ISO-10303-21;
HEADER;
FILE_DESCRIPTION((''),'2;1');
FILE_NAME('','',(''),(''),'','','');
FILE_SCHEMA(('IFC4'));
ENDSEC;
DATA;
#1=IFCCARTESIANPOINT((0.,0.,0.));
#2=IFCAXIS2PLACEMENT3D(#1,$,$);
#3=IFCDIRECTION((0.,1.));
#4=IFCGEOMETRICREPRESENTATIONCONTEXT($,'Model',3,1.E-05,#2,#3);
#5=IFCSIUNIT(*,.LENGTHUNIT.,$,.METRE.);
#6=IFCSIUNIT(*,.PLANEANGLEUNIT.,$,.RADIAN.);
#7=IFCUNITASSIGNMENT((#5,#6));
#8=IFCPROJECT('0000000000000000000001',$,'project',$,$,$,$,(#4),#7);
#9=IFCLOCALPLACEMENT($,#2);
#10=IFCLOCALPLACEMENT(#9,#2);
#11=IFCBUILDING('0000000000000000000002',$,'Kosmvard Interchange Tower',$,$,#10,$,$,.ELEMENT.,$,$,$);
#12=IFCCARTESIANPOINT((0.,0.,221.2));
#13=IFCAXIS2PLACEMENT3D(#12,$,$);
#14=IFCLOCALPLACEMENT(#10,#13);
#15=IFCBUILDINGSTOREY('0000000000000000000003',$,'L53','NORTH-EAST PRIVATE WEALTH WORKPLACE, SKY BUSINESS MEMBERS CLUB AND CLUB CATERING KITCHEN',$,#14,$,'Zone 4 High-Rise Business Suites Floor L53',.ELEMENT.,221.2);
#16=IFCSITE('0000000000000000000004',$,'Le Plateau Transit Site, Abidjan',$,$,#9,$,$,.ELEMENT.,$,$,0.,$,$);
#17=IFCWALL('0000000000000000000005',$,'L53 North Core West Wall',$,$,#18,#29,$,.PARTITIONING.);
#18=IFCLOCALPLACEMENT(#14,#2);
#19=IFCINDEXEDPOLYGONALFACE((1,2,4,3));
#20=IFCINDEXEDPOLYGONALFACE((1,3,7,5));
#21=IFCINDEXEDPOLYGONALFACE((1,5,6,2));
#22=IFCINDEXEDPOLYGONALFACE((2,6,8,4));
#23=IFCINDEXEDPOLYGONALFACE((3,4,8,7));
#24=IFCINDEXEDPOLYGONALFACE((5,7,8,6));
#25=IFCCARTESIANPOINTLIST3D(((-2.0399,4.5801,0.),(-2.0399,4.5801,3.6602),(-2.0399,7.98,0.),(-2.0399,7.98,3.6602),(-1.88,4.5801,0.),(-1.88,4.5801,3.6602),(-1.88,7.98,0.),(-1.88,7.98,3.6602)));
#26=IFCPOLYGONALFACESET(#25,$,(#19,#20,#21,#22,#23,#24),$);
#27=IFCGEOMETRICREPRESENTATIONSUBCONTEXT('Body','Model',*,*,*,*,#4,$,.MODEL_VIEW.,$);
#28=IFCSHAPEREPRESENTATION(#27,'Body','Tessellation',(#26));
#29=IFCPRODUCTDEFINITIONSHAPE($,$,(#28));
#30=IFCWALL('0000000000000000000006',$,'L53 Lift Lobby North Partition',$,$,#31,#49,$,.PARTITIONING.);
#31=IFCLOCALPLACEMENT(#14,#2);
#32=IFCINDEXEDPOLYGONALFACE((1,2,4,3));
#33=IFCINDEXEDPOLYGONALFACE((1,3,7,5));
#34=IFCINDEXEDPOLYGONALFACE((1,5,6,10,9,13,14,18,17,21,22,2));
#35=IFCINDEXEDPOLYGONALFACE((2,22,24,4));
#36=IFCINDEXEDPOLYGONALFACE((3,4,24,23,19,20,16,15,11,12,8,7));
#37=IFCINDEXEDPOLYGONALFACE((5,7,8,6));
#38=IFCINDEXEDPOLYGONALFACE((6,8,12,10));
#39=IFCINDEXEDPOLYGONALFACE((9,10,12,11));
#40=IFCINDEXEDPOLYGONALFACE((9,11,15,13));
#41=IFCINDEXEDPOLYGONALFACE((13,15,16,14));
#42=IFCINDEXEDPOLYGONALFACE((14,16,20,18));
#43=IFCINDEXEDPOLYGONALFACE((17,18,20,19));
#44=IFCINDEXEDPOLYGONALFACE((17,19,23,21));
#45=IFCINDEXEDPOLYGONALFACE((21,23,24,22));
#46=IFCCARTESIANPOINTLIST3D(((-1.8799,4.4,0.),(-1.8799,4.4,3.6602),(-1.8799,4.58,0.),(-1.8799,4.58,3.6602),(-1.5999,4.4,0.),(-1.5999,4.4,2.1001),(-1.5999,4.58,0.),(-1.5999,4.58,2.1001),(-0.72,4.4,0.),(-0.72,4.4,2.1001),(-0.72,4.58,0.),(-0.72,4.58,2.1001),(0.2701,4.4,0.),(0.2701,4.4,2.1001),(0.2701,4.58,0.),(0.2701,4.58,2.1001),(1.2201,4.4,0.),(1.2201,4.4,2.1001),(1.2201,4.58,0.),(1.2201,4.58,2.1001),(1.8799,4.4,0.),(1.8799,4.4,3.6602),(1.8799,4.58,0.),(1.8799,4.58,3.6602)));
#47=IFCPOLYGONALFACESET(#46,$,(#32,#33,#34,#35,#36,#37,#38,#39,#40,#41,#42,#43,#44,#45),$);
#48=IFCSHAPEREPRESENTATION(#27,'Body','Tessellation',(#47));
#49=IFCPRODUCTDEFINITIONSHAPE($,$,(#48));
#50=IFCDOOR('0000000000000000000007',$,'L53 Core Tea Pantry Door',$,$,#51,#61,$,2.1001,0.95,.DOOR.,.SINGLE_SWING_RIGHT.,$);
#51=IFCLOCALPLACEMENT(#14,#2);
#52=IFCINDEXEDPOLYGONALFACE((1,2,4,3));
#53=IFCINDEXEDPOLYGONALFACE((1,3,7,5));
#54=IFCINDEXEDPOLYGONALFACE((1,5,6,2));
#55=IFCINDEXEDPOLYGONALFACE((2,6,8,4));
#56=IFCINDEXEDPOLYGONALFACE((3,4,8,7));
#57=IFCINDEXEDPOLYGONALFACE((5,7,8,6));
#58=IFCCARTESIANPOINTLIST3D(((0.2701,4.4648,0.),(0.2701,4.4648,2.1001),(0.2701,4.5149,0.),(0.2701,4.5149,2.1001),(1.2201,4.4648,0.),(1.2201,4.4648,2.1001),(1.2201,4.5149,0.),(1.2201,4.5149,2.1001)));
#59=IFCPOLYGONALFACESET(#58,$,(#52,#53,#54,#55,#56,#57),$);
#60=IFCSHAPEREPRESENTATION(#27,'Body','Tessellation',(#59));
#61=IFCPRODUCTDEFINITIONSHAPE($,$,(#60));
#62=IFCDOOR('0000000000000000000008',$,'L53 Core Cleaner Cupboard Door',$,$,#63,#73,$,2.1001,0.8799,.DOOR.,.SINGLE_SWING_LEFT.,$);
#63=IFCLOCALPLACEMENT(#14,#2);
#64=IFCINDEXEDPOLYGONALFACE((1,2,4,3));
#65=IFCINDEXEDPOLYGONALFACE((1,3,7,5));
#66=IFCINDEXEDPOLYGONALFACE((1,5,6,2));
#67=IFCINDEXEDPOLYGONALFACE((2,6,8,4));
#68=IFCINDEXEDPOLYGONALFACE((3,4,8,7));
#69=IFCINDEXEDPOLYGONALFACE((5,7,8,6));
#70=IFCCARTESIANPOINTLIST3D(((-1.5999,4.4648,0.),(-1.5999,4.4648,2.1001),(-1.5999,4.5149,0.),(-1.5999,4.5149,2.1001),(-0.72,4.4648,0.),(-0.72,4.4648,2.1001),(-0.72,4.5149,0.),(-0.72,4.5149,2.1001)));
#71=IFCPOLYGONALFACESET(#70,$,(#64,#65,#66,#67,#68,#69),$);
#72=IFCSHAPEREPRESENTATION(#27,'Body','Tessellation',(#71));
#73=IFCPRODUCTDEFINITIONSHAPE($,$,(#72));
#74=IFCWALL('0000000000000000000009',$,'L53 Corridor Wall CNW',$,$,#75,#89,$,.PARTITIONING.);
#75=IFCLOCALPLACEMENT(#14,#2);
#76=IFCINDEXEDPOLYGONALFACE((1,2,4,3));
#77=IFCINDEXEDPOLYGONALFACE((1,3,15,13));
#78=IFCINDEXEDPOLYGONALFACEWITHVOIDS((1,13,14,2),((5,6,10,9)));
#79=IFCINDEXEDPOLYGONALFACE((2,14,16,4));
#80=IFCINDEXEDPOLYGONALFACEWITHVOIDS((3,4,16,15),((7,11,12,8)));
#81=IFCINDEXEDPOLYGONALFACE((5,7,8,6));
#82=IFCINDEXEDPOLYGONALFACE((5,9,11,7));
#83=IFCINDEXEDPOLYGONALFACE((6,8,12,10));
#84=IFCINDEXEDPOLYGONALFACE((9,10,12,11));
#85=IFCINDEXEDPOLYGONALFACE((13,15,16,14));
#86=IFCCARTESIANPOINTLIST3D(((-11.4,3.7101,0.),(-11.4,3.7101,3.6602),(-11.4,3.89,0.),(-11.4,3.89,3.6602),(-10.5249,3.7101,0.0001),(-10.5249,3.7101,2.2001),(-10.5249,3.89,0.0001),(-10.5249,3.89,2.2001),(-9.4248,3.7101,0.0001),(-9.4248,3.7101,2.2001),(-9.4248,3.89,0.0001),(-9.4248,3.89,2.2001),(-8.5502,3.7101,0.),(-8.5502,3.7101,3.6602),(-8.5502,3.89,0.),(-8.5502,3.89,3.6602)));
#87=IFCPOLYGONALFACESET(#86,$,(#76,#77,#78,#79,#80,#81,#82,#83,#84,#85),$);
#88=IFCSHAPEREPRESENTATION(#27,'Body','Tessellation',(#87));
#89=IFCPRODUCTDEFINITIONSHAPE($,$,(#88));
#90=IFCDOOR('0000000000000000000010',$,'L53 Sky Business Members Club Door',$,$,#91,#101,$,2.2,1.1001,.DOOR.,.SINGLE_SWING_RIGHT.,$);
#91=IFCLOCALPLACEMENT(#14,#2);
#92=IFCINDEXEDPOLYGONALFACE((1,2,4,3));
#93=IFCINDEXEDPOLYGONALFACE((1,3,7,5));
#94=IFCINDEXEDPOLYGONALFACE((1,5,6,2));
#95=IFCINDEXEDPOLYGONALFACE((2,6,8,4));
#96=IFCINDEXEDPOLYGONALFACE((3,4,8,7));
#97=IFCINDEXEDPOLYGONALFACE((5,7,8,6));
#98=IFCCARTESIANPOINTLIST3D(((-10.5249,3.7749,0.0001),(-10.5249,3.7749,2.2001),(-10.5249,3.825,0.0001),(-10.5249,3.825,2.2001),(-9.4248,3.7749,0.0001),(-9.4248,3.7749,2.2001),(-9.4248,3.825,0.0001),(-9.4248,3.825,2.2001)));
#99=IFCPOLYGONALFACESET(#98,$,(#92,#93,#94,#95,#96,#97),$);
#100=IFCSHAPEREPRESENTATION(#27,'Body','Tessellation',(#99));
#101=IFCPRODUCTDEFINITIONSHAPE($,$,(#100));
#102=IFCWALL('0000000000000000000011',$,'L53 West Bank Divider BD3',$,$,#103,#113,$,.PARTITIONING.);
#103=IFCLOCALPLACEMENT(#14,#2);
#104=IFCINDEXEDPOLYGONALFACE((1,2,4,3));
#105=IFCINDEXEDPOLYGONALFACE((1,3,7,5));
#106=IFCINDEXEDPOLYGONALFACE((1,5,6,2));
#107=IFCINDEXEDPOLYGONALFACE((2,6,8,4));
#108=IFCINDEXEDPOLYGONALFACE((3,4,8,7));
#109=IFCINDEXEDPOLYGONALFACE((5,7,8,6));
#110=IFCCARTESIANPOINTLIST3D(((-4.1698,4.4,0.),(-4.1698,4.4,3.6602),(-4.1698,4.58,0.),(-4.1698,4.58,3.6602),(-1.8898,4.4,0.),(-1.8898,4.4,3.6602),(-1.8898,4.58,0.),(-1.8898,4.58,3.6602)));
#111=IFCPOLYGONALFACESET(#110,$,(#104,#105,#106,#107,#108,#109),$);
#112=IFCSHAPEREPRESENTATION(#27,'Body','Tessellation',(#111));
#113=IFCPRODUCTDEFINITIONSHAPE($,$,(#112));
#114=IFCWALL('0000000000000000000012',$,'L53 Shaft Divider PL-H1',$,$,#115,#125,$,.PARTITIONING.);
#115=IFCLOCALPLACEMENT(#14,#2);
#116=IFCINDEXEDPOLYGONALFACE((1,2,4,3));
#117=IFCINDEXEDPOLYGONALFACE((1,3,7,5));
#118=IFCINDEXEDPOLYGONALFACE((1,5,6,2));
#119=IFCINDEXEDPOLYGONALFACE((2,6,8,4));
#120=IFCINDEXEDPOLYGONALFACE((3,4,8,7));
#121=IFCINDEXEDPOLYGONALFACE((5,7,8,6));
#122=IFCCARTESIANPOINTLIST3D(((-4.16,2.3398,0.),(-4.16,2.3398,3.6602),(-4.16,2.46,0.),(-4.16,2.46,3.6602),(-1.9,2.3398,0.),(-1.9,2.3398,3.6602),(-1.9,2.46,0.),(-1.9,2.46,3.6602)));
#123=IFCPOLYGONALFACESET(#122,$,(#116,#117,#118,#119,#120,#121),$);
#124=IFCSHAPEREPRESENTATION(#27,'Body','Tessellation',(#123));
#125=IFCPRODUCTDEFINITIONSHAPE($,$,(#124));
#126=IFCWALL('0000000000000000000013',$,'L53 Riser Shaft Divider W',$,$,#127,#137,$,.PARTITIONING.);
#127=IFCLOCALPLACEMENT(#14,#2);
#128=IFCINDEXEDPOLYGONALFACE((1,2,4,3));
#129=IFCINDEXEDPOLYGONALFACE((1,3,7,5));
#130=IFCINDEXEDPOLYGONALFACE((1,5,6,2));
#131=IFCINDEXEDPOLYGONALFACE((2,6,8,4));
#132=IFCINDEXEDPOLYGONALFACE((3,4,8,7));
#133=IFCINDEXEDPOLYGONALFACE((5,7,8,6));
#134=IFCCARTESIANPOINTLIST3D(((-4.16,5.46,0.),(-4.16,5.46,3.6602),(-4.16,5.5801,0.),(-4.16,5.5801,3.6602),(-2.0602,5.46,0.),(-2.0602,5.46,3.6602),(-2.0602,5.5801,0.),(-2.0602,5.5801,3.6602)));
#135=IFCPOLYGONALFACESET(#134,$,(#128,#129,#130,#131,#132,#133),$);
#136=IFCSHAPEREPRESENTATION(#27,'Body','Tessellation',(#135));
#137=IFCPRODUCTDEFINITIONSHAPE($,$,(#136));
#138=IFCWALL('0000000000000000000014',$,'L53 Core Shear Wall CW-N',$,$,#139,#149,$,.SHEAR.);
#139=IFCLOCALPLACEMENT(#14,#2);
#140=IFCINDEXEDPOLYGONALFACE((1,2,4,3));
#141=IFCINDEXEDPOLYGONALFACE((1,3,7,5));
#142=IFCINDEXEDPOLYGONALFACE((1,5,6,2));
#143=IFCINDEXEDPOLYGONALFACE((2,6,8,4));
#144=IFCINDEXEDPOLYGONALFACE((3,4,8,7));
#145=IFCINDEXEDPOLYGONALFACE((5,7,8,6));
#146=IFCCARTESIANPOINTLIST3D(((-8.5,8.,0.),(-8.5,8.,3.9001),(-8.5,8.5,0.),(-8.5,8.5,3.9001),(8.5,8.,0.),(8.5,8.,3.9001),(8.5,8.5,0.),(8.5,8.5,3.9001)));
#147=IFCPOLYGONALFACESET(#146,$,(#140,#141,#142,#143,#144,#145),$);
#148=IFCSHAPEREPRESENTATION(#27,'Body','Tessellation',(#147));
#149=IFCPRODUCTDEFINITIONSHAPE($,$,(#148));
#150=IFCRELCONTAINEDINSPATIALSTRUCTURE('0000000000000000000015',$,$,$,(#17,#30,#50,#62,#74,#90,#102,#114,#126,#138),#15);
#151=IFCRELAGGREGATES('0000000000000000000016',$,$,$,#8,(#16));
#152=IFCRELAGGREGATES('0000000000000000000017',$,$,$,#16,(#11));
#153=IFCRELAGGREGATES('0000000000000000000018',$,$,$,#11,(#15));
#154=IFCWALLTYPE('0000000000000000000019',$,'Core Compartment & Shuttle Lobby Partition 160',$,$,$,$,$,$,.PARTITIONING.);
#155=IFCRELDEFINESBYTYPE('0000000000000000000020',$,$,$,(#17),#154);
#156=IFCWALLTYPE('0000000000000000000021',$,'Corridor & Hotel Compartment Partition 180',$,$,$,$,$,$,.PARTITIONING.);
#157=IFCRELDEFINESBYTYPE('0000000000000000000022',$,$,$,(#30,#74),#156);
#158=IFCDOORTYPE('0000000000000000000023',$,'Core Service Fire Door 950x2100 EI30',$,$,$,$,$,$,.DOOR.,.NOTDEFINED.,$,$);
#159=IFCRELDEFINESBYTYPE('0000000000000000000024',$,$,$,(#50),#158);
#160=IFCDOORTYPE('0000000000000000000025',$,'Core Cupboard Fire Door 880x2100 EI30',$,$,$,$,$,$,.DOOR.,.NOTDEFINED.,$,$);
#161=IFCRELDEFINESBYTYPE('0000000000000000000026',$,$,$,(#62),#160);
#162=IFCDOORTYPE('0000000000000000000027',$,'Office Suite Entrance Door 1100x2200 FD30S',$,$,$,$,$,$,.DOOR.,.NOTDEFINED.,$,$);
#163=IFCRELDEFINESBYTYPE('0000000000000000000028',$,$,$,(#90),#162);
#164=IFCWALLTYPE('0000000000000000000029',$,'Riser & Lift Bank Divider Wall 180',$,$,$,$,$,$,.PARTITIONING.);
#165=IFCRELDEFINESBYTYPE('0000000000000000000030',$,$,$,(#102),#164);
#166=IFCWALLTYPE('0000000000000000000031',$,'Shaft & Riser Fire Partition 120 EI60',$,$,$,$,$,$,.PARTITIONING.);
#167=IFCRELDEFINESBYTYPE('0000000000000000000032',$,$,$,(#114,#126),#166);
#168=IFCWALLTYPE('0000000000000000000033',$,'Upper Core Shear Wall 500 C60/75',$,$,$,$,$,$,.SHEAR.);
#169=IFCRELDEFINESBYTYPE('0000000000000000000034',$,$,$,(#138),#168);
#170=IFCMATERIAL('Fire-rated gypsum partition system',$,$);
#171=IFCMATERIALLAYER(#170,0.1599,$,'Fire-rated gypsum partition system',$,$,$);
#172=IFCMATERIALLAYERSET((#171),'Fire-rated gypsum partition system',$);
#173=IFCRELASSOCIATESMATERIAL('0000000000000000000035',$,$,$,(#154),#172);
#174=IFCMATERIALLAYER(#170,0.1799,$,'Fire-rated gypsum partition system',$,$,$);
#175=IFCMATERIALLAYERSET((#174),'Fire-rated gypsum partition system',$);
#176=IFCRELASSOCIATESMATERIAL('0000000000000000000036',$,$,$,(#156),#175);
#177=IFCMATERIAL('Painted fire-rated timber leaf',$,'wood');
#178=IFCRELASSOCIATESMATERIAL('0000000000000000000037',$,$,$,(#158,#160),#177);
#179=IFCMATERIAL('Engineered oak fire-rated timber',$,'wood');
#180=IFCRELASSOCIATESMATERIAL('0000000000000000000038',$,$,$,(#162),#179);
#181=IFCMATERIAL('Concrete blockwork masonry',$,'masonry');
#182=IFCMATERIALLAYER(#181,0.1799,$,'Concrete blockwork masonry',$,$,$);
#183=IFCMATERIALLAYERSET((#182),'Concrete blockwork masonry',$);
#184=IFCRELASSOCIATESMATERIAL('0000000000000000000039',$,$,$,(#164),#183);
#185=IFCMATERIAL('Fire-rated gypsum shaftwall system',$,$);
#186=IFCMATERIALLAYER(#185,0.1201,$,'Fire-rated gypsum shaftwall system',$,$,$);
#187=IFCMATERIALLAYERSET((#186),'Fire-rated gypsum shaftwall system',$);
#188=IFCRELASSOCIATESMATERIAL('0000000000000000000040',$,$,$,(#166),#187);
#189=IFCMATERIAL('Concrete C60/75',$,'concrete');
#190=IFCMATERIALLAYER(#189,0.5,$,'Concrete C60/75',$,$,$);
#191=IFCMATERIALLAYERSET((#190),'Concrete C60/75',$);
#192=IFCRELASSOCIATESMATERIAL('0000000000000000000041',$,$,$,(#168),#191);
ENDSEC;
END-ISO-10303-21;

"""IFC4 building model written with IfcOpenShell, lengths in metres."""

from ifc_helpers import new_model, si_unit, direction, frame, frame_2d, origin, place, context, subcontext, project, spatial, rectangle, extrude, source, transform, mapped, material, layer, layer_set, type_object, element, fill, save


model = new_model("IFC4")

# Units and contexts
model_context = context("Model", 3, precision=1e-05, world=origin(), true_north=direction((0.0, 1.0)))
body_context = subcontext(model_context, "Body", "Model", "MODEL_VIEW")
ifc_project = project(units=[si_unit("LENGTHUNIT", "METRE"), si_unit("PLANEANGLEUNIT", "RADIAN")], contexts=[model_context])

# Site, building, storey
site_placement = place(None, origin())
site = spatial("IfcSite", under=ifc_project, at=site_placement, Name="Le Plateau Transit Site, Abidjan", CompositionType="ELEMENT", RefElevation=0.0)
building_placement = place(site_placement, origin())
building = spatial("IfcBuilding", under=site, at=building_placement, Name="Kosmvard Interchange Tower", CompositionType="ELEMENT")
storey_placement = place(building_placement, frame((0.0, 0.0, 221.2)))
storey = spatial("IfcBuildingStorey", under=building, at=storey_placement, Name="L53", Description="NORTH-EAST PRIVATE WEALTH WORKPLACE, SKY BUSINESS MEMBERS CLUB AND CLUB CATERING KITCHEN", LongName="Zone 4 High-Rise Business Suites Floor L53", CompositionType="ELEMENT", Elevation=221.2)

# Shared definitions
ifc_material_1 = material(Name="Concrete C60/75", Category="concrete")

# Wall
ifc_material_2 = material(Name="Fire-rated gypsum partition system")
ifc_layer_1 = layer(ifc_material_2, 0.1599, Name="Fire-rated gypsum partition system")
ifc_layer_set_1 = layer_set([ifc_layer_1], Name="Fire-rated gypsum partition system")
wall_type_1 = type_object("IfcWallType", Name="Core Compartment & Shuttle Lobby Partition 160", PredefinedType="PARTITIONING", material=ifc_layer_set_1)
wall_1_placement = place(storey_placement, frame((-1.96, 4.5801, 0.0), z_axis=(0.0, 0.0, 1.0), x_axis=(0.0, 1.0, 0.0)))
element("IfcWall", 1, at=wall_1_placement, inside=storey, type_object=wall_type_1, Name="L53 North Core West Wall", PredefinedType="PARTITIONING", context=body_context, shape_type="SweptSolid", body=[
    extrude(rectangle(XDim=3.3999, YDim=0.1599, at=frame_2d((1.7, 0.0))), origin(), (0.0, 0.0, 1.0), 3.6602),
])

# Wall, openings, doors
ifc_layer_2 = layer(ifc_material_2, 0.1799, Name="Fire-rated gypsum partition system")
ifc_layer_set_2 = layer_set([ifc_layer_2], Name="Fire-rated gypsum partition system")
wall_type_2 = type_object("IfcWallType", Name="Corridor & Hotel Compartment Partition 180", PredefinedType="PARTITIONING", material=ifc_layer_set_2)
wall_2_placement = place(storey_placement, frame((-1.8799, 4.49, 0.0), z_axis=(0.0, 0.0, 1.0), x_axis=(1.0, 0.0, 0.0)))
wall_2 = element("IfcWall", 2, at=wall_2_placement, inside=storey, type_object=wall_type_2, Name="L53 Lift Lobby North Partition", PredefinedType="PARTITIONING", context=body_context, shape_type="SweptSolid", body=[
    extrude(rectangle(XDim=3.7598, YDim=0.1799, at=frame_2d((1.8799, 0.0))), origin(), (0.0, 0.0, 1.0), 3.6602),
])
opening_1_placement = place(wall_2_placement, frame((0.28, 0.0, 0.0)))
opening_1 = element("IfcOpeningElement", 3, at=opening_1_placement, cuts=wall_2, PredefinedType="OPENING", context=body_context, shape_type="SweptSolid", body=[
    extrude(rectangle(XDim=0.8799, YDim=2.1001, at=frame_2d((0.4399, 1.05))), frame((0.0, 0.1001, 0.0), z_axis=(0.0, -1.0, 0.0), x_axis=(1.0, 0.0, 0.0)), (0.0, 0.0, 1.0), 0.2),
])
opening_2_placement = place(wall_2_placement, frame((2.1499, 0.0, 0.0)))
opening_2 = element("IfcOpeningElement", 4, at=opening_2_placement, cuts=wall_2, PredefinedType="OPENING", context=body_context, shape_type="SweptSolid", body=[
    extrude(rectangle(XDim=0.95, YDim=2.1001, at=frame_2d((0.4751, 1.05))), frame((0.0, 0.1001, 0.0), z_axis=(0.0, -1.0, 0.0), x_axis=(1.0, 0.0, 0.0)), (0.0, 0.0, 1.0), 0.2),
])
ifc_material_3 = material(Name="Painted fire-rated timber leaf", Category="wood")
door_type_1 = type_object("IfcDoorType", Name="Core Service Fire Door 950x2100 EI30", OperationType="NOTDEFINED", PredefinedType="DOOR", material=ifc_material_3)
shared_shape_1 = source(origin(), body_context, "Body", "SweptSolid", [
    extrude(rectangle(XDim=0.95, YDim=2.1001, at=frame_2d((0.4751, 1.05))), frame((0.0, 0.0249, 0.0), z_axis=(0.0, -1.0, 0.0), x_axis=(1.0, 0.0, 0.0)), (0.0, 0.0, 1.0), 0.05),
])
door_1_placement = place(opening_2_placement, origin())
door_1 = element("IfcDoor", 5, at=door_1_placement, inside=storey, type_object=door_type_1, Name="L53 Core Tea Pantry Door", OperationType="SINGLE_SWING_RIGHT", OverallHeight=2.1001, OverallWidth=0.95, PredefinedType="DOOR", context=body_context, shape_type="MappedRepresentation", body=[
    mapped(shared_shape_1, transform((0.0, 0.0, 0.0), scale=1.0)),
])
fill(opening_2, door_1)
door_type_2 = type_object("IfcDoorType", Name="Core Cupboard Fire Door 880x2100 EI30", OperationType="NOTDEFINED", PredefinedType="DOOR", material=ifc_material_3)
shared_shape_2 = source(origin(), body_context, "Body", "SweptSolid", [
    extrude(rectangle(XDim=0.8799, YDim=2.1001, at=frame_2d((0.4399, 1.05))), frame((0.0, 0.0249, 0.0), z_axis=(0.0, -1.0, 0.0), x_axis=(1.0, 0.0, 0.0)), (0.0, 0.0, 1.0), 0.05),
])
door_2_placement = place(opening_1_placement, origin())
door_2 = element("IfcDoor", 6, at=door_2_placement, inside=storey, type_object=door_type_2, Name="L53 Core Cleaner Cupboard Door", OperationType="SINGLE_SWING_LEFT", OverallHeight=2.1001, OverallWidth=0.8799, PredefinedType="DOOR", context=body_context, shape_type="MappedRepresentation", body=[
    mapped(shared_shape_2, transform((0.0, 0.0, 0.0), scale=1.0)),
])
fill(opening_1, door_2)

# Wall, opening, door
wall_3_placement = place(storey_placement, frame((-11.3999, 3.8, 0.0), z_axis=(0.0, 0.0, 1.0), x_axis=(1.0, 0.0, 0.0)))
wall_3 = element("IfcWall", 7, at=wall_3_placement, inside=storey, type_object=wall_type_2, Name="L53 Corridor Wall CNW", PredefinedType="PARTITIONING", context=body_context, shape_type="SweptSolid", body=[
    extrude(rectangle(XDim=2.8499, YDim=0.1799, at=frame_2d((1.4248, 0.0))), origin(), (0.0, 0.0, 1.0), 3.6602),
])
opening_3_placement = place(wall_3_placement, frame((0.875, 0.0, 0.0)))
opening_3 = element("IfcOpeningElement", 8, at=opening_3_placement, cuts=wall_3, PredefinedType="OPENING", context=body_context, shape_type="SweptSolid", body=[
    extrude(rectangle(XDim=1.1001, YDim=2.2, at=frame_2d((0.55, 1.1001))), frame((0.0, 0.1001, 0.0), z_axis=(0.0, -1.0, 0.0), x_axis=(1.0, 0.0, 0.0)), (0.0, 0.0, 1.0), 0.2),
])
ifc_material_4 = material(Name="Engineered oak fire-rated timber", Category="wood")
door_type_3 = type_object("IfcDoorType", Name="Office Suite Entrance Door 1100x2200 FD30S", OperationType="NOTDEFINED", PredefinedType="DOOR", material=ifc_material_4)
shared_shape_3 = source(origin(), body_context, "Body", "SweptSolid", [
    extrude(rectangle(XDim=1.1001, YDim=2.2, at=frame_2d((0.55, 1.1001))), frame((0.0, 0.0249, 0.0), z_axis=(0.0, -1.0, 0.0), x_axis=(1.0, 0.0, 0.0)), (0.0, 0.0, 1.0), 0.05),
])
door_3_placement = place(opening_3_placement, origin())
door_3 = element("IfcDoor", 9, at=door_3_placement, inside=storey, type_object=door_type_3, Name="L53 Sky Business Members Club Door", OperationType="SINGLE_SWING_RIGHT", OverallHeight=2.2, OverallWidth=1.1001, PredefinedType="DOOR", context=body_context, shape_type="MappedRepresentation", body=[
    mapped(shared_shape_3, transform((0.0, 0.0, 0.0), scale=1.0)),
])
fill(opening_3, door_3)

# Walls
ifc_material_5 = material(Name="Concrete blockwork masonry", Category="masonry")
ifc_layer_3 = layer(ifc_material_5, 0.1799, Name="Concrete blockwork masonry")
ifc_layer_set_3 = layer_set([ifc_layer_3], Name="Concrete blockwork masonry")
wall_type_3 = type_object("IfcWallType", Name="Riser & Lift Bank Divider Wall 180", PredefinedType="PARTITIONING", material=ifc_layer_set_3)
wall_4_placement = place(storey_placement, frame((-4.1699, 4.49, 0.0), z_axis=(0.0, 0.0, 1.0), x_axis=(1.0, 0.0, 0.0)))
element("IfcWall", 10, at=wall_4_placement, inside=storey, type_object=wall_type_3, Name="L53 West Bank Divider BD3", PredefinedType="PARTITIONING", context=body_context, shape_type="SweptSolid", body=[
    extrude(rectangle(XDim=2.28, YDim=0.1799, at=frame_2d((1.1401, 0.0))), origin(), (0.0, 0.0, 1.0), 3.6602),
])
ifc_material_6 = material(Name="Fire-rated gypsum shaftwall system")
ifc_layer_4 = layer(ifc_material_6, 0.1201, Name="Fire-rated gypsum shaftwall system")
ifc_layer_set_4 = layer_set([ifc_layer_4], Name="Fire-rated gypsum shaftwall system")
wall_type_4 = type_object("IfcWallType", Name="Shaft & Riser Fire Partition 120 EI60", PredefinedType="PARTITIONING", material=ifc_layer_set_4)
wall_5_placement = place(storey_placement, frame((-4.1599, 2.3999, 0.0), z_axis=(0.0, 0.0, 1.0), x_axis=(1.0, 0.0, 0.0)))
element("IfcWall", 11, at=wall_5_placement, inside=storey, type_object=wall_type_4, Name="L53 Shaft Divider PL-H1", PredefinedType="PARTITIONING", context=body_context, shape_type="SweptSolid", body=[
    extrude(rectangle(XDim=2.26, YDim=0.1201, at=frame_2d((1.1299, 0.0))), origin(), (0.0, 0.0, 1.0), 3.6602),
])
wall_6_placement = place(storey_placement, frame((-4.1599, 5.52, 0.0), z_axis=(0.0, 0.0, 1.0), x_axis=(1.0, 0.0, 0.0)))
element("IfcWall", 12, at=wall_6_placement, inside=storey, type_object=wall_type_4, Name="L53 Riser Shaft Divider W", PredefinedType="PARTITIONING", context=body_context, shape_type="SweptSolid", body=[
    extrude(rectangle(XDim=2.0999, YDim=0.1201, at=frame_2d((1.0498, 0.0))), origin(), (0.0, 0.0, 1.0), 3.6602),
])
ifc_layer_5 = layer(ifc_material_1, 0.5, Name="Concrete C60/75")
ifc_layer_set_5 = layer_set([ifc_layer_5], Name="Concrete C60/75")
wall_type_5 = type_object("IfcWallType", Name="Upper Core Shear Wall 500 C60/75", PredefinedType="SHEAR", material=ifc_layer_set_5)
wall_7_placement = place(storey_placement, frame((-8.5, 8.25, 0.0), z_axis=(0.0, 0.0, 1.0), x_axis=(1.0, 0.0, 0.0)))
element("IfcWall", 13, at=wall_7_placement, inside=storey, type_object=wall_type_5, Name="L53 Core Shear Wall CW-N", PredefinedType="SHEAR", context=body_context, shape_type="SweptSolid", body=[
    extrude(rectangle(XDim=17.0, YDim=0.5, at=frame_2d((8.5, 0.0))), origin(), (0.0, 0.0, 1.0), 3.9001),
])

save(model, "model.ifc")
